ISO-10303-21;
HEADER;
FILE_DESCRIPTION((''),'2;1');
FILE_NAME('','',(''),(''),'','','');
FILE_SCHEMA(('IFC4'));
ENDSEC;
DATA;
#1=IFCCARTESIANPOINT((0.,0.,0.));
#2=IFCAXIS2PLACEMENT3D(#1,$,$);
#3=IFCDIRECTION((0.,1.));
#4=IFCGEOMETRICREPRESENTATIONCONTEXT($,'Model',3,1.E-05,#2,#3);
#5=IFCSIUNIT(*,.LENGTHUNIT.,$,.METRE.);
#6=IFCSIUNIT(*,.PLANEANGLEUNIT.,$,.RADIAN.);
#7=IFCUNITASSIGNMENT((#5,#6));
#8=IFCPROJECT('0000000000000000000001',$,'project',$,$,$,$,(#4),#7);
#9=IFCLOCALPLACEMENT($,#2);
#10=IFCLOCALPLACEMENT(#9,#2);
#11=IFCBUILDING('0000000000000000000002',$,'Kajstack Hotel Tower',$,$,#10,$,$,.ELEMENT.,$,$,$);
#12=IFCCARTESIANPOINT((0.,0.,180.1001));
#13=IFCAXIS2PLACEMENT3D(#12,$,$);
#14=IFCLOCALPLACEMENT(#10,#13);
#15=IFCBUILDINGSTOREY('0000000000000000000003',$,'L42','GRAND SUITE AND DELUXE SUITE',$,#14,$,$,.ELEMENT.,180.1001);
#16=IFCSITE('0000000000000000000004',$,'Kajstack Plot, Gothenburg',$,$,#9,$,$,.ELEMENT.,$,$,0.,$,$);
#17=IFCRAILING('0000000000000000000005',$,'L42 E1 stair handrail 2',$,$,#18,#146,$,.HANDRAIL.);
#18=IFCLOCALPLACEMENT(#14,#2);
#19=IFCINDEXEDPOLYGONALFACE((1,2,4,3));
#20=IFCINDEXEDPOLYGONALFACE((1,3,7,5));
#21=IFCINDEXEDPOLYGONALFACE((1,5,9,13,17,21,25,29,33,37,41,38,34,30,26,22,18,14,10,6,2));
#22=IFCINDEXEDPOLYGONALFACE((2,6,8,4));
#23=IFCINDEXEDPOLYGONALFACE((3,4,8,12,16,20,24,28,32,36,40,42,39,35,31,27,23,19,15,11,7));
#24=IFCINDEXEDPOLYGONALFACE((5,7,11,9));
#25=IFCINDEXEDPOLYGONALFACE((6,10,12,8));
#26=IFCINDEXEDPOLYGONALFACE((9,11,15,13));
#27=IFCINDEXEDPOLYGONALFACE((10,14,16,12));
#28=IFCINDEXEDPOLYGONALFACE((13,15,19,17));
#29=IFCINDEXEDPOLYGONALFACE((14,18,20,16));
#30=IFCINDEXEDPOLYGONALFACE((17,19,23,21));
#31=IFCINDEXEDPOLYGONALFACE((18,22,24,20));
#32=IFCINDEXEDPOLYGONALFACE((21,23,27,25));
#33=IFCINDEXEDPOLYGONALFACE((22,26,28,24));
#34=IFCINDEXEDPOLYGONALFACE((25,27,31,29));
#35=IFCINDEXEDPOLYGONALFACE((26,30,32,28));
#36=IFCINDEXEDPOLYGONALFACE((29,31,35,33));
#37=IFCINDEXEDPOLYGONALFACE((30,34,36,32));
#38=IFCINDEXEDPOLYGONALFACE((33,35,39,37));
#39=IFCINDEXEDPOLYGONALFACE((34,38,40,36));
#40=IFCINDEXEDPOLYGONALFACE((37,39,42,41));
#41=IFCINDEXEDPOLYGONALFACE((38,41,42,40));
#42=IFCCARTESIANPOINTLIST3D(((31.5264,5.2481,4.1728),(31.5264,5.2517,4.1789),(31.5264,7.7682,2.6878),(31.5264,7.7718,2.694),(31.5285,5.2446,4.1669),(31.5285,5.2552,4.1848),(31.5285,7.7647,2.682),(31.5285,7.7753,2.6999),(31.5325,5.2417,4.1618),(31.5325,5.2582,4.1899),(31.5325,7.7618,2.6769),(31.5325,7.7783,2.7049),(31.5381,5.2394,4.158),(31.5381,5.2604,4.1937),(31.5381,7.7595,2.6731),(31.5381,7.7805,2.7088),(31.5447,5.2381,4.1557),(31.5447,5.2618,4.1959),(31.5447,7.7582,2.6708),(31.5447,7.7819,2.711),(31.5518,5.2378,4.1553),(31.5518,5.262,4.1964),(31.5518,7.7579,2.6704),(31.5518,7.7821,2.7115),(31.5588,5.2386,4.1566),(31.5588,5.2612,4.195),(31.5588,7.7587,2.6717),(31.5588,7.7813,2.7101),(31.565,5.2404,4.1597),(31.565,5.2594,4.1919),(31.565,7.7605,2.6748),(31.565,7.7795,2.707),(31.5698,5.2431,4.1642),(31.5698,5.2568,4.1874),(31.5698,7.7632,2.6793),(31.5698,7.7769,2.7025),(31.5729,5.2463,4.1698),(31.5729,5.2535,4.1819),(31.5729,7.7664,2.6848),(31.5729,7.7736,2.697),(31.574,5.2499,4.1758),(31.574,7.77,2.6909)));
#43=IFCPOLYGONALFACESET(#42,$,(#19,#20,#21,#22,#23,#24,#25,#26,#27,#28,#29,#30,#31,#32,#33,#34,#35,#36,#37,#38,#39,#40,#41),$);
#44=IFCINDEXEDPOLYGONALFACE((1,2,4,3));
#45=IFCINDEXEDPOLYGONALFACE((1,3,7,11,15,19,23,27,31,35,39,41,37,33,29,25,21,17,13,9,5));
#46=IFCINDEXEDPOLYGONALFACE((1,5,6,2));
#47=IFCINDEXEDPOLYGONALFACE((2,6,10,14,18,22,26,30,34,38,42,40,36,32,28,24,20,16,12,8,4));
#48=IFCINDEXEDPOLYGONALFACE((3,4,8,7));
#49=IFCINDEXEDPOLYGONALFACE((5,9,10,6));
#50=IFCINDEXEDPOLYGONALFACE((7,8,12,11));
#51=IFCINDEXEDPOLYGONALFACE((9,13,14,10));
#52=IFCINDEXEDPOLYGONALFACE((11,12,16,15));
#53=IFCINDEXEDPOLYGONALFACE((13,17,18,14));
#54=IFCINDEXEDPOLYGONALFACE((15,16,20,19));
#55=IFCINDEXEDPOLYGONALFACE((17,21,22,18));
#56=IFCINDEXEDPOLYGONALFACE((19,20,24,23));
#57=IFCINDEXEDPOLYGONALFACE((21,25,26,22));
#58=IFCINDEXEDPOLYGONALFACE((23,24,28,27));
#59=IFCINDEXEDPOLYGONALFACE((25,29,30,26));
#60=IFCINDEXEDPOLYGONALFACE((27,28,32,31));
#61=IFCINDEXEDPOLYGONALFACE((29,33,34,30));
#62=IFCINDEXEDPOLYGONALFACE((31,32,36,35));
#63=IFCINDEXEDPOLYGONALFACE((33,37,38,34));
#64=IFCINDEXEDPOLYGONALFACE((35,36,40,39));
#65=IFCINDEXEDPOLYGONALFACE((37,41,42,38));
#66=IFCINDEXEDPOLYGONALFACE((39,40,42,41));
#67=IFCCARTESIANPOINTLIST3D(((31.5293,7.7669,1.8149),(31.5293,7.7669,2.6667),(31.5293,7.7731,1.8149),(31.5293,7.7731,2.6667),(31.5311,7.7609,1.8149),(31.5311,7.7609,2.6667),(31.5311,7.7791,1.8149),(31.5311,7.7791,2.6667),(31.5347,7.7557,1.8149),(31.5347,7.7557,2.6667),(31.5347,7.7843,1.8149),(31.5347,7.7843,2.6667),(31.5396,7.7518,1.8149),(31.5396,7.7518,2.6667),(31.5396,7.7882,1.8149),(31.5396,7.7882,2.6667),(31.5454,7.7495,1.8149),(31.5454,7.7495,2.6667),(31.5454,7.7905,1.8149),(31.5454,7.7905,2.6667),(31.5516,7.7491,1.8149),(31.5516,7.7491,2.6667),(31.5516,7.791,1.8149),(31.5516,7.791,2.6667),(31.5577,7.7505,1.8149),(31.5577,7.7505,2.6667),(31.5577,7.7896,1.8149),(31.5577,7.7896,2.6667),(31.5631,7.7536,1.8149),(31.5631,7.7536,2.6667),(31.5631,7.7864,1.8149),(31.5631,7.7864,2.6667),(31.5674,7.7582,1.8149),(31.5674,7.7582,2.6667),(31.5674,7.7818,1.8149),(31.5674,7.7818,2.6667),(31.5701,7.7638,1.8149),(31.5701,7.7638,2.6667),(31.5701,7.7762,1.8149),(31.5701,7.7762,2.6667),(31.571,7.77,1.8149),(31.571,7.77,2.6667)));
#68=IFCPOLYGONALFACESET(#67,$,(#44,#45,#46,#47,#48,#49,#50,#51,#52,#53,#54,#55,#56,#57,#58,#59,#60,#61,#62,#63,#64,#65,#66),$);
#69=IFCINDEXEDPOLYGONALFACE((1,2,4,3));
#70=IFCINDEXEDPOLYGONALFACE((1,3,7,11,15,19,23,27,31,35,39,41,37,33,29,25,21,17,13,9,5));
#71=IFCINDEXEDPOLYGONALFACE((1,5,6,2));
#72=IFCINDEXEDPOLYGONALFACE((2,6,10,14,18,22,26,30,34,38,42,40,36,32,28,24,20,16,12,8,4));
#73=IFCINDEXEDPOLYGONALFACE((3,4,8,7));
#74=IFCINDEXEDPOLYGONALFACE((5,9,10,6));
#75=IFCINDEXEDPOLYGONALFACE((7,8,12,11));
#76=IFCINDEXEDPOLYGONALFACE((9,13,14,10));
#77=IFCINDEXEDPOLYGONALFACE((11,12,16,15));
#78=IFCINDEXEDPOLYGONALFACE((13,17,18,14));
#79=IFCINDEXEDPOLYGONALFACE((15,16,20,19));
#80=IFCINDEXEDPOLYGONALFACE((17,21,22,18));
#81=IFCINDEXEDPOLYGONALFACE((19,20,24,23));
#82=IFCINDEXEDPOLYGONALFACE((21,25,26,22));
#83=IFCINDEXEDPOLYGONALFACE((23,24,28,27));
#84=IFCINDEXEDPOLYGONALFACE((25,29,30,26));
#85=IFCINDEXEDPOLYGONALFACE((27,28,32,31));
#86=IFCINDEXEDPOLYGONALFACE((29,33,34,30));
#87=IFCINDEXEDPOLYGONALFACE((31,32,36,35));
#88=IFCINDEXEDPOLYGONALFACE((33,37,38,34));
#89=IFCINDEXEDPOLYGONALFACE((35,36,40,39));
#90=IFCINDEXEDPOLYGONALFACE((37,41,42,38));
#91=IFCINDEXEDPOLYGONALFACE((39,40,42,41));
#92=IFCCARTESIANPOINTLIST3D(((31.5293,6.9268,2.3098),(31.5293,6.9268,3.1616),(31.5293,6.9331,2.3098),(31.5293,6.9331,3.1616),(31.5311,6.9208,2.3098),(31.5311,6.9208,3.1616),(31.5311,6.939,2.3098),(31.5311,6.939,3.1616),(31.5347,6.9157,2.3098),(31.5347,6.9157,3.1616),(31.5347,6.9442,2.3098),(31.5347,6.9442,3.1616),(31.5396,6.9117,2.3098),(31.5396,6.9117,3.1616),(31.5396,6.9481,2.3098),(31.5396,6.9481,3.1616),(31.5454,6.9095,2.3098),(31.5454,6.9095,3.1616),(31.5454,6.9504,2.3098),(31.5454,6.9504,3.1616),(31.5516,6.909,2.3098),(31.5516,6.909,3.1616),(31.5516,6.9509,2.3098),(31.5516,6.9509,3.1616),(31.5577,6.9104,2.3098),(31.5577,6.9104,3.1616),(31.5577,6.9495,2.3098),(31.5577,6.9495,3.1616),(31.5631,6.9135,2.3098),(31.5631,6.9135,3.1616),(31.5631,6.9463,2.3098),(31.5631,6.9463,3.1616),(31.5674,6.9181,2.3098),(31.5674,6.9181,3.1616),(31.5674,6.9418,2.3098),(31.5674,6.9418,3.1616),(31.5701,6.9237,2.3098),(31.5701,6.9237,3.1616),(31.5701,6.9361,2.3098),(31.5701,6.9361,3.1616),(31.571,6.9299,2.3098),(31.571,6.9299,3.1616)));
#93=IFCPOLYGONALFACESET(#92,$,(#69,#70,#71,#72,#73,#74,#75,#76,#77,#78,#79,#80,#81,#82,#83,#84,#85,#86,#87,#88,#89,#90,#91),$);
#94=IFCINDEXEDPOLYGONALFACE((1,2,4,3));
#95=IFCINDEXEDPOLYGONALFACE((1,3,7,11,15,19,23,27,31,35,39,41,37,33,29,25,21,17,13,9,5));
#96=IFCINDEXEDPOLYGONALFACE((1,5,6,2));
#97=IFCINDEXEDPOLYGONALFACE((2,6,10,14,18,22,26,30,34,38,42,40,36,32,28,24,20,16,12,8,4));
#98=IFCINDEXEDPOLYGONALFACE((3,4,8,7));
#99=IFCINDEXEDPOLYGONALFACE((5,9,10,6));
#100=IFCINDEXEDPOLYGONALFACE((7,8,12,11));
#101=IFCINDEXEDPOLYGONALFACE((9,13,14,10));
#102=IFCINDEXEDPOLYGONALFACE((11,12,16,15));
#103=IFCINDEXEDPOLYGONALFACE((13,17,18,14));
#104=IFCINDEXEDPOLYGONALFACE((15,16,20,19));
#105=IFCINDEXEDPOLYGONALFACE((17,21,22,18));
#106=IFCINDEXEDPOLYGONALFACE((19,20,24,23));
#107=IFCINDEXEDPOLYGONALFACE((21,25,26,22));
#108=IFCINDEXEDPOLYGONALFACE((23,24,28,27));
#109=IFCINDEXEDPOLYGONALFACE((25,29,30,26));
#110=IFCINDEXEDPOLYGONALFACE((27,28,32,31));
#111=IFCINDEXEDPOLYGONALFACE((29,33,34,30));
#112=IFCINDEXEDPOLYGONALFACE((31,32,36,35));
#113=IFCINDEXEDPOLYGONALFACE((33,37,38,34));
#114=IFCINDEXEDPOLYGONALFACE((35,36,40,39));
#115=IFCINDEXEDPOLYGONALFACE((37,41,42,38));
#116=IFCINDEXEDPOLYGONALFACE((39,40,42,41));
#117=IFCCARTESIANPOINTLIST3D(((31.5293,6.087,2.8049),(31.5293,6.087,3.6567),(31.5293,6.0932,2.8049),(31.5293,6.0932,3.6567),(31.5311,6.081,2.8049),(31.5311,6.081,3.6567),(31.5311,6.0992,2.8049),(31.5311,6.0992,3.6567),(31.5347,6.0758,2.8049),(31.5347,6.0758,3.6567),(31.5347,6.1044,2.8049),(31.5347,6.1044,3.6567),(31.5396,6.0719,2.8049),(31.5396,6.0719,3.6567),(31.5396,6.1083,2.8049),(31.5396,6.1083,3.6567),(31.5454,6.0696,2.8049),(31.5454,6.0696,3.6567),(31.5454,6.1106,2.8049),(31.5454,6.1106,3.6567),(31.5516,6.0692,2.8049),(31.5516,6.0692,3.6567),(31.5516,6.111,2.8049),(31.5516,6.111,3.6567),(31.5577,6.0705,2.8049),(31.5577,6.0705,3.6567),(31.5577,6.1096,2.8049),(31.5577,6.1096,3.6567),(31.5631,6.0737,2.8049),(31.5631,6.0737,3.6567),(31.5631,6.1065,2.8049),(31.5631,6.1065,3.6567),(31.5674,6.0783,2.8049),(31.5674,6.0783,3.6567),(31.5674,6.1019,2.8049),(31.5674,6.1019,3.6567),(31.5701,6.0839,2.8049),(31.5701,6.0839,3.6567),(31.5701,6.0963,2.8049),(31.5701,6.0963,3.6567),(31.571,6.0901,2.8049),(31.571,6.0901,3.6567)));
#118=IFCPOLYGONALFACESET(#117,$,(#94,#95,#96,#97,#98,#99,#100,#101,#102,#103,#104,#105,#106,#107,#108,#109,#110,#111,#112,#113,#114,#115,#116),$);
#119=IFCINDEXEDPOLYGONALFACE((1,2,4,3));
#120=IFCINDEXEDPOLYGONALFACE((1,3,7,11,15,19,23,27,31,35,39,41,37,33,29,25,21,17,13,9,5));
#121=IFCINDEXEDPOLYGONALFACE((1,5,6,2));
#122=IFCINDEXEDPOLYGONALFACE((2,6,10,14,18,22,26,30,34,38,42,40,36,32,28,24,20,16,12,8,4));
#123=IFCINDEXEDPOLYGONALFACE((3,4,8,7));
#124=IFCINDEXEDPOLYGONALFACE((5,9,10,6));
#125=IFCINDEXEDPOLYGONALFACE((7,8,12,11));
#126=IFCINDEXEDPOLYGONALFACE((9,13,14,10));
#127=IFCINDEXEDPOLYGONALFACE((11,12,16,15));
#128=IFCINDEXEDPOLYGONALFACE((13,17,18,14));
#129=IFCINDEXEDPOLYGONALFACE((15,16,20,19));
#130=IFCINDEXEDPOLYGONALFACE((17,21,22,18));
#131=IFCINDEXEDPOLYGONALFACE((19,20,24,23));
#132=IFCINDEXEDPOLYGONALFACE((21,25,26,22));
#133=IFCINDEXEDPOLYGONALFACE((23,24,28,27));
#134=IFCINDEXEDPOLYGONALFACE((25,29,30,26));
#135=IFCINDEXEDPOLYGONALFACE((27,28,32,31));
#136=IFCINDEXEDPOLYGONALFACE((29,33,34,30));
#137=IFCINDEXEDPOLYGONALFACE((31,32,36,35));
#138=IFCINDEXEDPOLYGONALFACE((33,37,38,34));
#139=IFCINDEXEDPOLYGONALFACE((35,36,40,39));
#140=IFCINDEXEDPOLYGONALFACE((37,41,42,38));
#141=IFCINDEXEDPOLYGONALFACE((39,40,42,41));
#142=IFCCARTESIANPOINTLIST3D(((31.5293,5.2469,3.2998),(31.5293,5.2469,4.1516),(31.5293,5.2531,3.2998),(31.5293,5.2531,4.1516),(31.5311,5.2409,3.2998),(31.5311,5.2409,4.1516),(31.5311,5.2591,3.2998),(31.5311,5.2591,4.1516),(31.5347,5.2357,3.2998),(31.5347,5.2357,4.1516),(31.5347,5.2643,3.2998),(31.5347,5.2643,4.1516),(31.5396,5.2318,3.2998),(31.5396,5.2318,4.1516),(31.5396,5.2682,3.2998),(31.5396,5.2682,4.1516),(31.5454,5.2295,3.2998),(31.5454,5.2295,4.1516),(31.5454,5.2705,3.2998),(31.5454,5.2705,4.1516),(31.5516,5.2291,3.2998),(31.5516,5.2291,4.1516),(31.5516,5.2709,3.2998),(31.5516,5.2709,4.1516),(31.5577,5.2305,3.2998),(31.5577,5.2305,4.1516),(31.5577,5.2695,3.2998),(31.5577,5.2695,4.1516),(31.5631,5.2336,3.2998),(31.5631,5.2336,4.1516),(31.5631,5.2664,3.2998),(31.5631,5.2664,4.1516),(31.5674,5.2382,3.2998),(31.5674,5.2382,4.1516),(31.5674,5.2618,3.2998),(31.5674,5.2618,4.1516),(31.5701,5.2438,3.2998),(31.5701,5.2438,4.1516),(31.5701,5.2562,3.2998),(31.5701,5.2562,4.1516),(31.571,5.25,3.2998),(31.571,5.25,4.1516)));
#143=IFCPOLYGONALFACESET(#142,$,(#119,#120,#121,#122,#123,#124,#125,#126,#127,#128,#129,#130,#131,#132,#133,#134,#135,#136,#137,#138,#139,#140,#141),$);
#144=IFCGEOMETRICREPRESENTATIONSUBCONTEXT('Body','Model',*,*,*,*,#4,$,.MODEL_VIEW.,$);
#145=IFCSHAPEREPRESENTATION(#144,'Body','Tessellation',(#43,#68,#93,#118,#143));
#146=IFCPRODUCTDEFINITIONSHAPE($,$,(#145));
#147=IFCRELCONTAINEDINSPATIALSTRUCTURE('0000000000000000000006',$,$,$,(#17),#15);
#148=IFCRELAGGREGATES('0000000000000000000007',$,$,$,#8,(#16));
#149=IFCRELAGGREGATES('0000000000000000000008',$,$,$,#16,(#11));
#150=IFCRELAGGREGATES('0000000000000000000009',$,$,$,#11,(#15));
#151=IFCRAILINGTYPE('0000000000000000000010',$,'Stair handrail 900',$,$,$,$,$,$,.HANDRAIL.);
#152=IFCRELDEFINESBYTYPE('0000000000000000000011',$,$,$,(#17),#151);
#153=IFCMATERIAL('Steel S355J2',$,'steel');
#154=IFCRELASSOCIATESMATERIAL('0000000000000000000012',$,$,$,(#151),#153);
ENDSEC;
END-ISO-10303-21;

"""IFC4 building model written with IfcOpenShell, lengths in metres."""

from ifc_helpers import new_model, si_unit, direction, frame, origin, origin_2d, place, context, subcontext, project, spatial, circle, extrude, material, type_object, element, save


model = new_model("IFC4")

# Units and contexts
model_context = context("Model", 3, precision=1e-05, world=origin(), true_north=direction((0.0, 1.0)))
body_context = subcontext(model_context, "Body", "Model", "MODEL_VIEW")
ifc_project = project(units=[si_unit("LENGTHUNIT", "METRE"), si_unit("PLANEANGLEUNIT", "RADIAN")], contexts=[model_context])

# Site, building, storey
site_placement = place(None, origin())
site = spatial("IfcSite", under=ifc_project, at=site_placement, Name="Kajstack Plot, Gothenburg", CompositionType="ELEMENT", RefElevation=0.0)
building_placement = place(site_placement, origin())
building = spatial("IfcBuilding", under=site, at=building_placement, Name="Kajstack Hotel Tower", CompositionType="ELEMENT")
storey_placement = place(building_placement, frame((0.0, 0.0, 180.1001)))
storey = spatial("IfcBuildingStorey", under=building, at=storey_placement, Name="L42", Description="GRAND SUITE AND DELUXE SUITE", CompositionType="ELEMENT", Elevation=180.1001)

# Railing
ifc_material_1 = material(Name="Steel S355J2", Category="steel")
railing_type_1 = type_object("IfcRailingType", Name="Stair handrail 900", PredefinedType="HANDRAIL", material=ifc_material_1)
railing_1_placement = place(storey_placement, frame((31.55, 7.77, 1.8149)))
element("IfcRailing", 1, at=railing_1_placement, inside=storey, type_object=railing_type_1, Name="L42 E1 stair handrail 2", PredefinedType="HANDRAIL", context=body_context, shape_type="SweptSolid", body=[
    extrude(circle(Radius=0.0239, at=origin_2d()), frame((0.0, 0.0, 0.876), z_axis=(0.0, -0.861561, 0.507655), x_axis=(1.0, 0.0, 0.0)), (0.0, 0.0, 1.0), 2.925),
    extrude(circle(Radius=0.021, at=origin_2d()), origin(), (0.0, 0.0, 1.0), 0.8518),
    extrude(circle(Radius=0.021, at=origin_2d()), frame((0.0, -0.8401, 0.4949)), (0.0, 0.0, 1.0), 0.8518),
    extrude(circle(Radius=0.021, at=origin_2d()), frame((0.0, -1.6799, 0.99)), (0.0, 0.0, 1.0), 0.8518),
    extrude(circle(Radius=0.021, at=origin_2d()), frame((0.0, -2.52, 1.4849)), (0.0, 0.0, 1.0), 0.8518),
])

save(model, "model.ifc")
